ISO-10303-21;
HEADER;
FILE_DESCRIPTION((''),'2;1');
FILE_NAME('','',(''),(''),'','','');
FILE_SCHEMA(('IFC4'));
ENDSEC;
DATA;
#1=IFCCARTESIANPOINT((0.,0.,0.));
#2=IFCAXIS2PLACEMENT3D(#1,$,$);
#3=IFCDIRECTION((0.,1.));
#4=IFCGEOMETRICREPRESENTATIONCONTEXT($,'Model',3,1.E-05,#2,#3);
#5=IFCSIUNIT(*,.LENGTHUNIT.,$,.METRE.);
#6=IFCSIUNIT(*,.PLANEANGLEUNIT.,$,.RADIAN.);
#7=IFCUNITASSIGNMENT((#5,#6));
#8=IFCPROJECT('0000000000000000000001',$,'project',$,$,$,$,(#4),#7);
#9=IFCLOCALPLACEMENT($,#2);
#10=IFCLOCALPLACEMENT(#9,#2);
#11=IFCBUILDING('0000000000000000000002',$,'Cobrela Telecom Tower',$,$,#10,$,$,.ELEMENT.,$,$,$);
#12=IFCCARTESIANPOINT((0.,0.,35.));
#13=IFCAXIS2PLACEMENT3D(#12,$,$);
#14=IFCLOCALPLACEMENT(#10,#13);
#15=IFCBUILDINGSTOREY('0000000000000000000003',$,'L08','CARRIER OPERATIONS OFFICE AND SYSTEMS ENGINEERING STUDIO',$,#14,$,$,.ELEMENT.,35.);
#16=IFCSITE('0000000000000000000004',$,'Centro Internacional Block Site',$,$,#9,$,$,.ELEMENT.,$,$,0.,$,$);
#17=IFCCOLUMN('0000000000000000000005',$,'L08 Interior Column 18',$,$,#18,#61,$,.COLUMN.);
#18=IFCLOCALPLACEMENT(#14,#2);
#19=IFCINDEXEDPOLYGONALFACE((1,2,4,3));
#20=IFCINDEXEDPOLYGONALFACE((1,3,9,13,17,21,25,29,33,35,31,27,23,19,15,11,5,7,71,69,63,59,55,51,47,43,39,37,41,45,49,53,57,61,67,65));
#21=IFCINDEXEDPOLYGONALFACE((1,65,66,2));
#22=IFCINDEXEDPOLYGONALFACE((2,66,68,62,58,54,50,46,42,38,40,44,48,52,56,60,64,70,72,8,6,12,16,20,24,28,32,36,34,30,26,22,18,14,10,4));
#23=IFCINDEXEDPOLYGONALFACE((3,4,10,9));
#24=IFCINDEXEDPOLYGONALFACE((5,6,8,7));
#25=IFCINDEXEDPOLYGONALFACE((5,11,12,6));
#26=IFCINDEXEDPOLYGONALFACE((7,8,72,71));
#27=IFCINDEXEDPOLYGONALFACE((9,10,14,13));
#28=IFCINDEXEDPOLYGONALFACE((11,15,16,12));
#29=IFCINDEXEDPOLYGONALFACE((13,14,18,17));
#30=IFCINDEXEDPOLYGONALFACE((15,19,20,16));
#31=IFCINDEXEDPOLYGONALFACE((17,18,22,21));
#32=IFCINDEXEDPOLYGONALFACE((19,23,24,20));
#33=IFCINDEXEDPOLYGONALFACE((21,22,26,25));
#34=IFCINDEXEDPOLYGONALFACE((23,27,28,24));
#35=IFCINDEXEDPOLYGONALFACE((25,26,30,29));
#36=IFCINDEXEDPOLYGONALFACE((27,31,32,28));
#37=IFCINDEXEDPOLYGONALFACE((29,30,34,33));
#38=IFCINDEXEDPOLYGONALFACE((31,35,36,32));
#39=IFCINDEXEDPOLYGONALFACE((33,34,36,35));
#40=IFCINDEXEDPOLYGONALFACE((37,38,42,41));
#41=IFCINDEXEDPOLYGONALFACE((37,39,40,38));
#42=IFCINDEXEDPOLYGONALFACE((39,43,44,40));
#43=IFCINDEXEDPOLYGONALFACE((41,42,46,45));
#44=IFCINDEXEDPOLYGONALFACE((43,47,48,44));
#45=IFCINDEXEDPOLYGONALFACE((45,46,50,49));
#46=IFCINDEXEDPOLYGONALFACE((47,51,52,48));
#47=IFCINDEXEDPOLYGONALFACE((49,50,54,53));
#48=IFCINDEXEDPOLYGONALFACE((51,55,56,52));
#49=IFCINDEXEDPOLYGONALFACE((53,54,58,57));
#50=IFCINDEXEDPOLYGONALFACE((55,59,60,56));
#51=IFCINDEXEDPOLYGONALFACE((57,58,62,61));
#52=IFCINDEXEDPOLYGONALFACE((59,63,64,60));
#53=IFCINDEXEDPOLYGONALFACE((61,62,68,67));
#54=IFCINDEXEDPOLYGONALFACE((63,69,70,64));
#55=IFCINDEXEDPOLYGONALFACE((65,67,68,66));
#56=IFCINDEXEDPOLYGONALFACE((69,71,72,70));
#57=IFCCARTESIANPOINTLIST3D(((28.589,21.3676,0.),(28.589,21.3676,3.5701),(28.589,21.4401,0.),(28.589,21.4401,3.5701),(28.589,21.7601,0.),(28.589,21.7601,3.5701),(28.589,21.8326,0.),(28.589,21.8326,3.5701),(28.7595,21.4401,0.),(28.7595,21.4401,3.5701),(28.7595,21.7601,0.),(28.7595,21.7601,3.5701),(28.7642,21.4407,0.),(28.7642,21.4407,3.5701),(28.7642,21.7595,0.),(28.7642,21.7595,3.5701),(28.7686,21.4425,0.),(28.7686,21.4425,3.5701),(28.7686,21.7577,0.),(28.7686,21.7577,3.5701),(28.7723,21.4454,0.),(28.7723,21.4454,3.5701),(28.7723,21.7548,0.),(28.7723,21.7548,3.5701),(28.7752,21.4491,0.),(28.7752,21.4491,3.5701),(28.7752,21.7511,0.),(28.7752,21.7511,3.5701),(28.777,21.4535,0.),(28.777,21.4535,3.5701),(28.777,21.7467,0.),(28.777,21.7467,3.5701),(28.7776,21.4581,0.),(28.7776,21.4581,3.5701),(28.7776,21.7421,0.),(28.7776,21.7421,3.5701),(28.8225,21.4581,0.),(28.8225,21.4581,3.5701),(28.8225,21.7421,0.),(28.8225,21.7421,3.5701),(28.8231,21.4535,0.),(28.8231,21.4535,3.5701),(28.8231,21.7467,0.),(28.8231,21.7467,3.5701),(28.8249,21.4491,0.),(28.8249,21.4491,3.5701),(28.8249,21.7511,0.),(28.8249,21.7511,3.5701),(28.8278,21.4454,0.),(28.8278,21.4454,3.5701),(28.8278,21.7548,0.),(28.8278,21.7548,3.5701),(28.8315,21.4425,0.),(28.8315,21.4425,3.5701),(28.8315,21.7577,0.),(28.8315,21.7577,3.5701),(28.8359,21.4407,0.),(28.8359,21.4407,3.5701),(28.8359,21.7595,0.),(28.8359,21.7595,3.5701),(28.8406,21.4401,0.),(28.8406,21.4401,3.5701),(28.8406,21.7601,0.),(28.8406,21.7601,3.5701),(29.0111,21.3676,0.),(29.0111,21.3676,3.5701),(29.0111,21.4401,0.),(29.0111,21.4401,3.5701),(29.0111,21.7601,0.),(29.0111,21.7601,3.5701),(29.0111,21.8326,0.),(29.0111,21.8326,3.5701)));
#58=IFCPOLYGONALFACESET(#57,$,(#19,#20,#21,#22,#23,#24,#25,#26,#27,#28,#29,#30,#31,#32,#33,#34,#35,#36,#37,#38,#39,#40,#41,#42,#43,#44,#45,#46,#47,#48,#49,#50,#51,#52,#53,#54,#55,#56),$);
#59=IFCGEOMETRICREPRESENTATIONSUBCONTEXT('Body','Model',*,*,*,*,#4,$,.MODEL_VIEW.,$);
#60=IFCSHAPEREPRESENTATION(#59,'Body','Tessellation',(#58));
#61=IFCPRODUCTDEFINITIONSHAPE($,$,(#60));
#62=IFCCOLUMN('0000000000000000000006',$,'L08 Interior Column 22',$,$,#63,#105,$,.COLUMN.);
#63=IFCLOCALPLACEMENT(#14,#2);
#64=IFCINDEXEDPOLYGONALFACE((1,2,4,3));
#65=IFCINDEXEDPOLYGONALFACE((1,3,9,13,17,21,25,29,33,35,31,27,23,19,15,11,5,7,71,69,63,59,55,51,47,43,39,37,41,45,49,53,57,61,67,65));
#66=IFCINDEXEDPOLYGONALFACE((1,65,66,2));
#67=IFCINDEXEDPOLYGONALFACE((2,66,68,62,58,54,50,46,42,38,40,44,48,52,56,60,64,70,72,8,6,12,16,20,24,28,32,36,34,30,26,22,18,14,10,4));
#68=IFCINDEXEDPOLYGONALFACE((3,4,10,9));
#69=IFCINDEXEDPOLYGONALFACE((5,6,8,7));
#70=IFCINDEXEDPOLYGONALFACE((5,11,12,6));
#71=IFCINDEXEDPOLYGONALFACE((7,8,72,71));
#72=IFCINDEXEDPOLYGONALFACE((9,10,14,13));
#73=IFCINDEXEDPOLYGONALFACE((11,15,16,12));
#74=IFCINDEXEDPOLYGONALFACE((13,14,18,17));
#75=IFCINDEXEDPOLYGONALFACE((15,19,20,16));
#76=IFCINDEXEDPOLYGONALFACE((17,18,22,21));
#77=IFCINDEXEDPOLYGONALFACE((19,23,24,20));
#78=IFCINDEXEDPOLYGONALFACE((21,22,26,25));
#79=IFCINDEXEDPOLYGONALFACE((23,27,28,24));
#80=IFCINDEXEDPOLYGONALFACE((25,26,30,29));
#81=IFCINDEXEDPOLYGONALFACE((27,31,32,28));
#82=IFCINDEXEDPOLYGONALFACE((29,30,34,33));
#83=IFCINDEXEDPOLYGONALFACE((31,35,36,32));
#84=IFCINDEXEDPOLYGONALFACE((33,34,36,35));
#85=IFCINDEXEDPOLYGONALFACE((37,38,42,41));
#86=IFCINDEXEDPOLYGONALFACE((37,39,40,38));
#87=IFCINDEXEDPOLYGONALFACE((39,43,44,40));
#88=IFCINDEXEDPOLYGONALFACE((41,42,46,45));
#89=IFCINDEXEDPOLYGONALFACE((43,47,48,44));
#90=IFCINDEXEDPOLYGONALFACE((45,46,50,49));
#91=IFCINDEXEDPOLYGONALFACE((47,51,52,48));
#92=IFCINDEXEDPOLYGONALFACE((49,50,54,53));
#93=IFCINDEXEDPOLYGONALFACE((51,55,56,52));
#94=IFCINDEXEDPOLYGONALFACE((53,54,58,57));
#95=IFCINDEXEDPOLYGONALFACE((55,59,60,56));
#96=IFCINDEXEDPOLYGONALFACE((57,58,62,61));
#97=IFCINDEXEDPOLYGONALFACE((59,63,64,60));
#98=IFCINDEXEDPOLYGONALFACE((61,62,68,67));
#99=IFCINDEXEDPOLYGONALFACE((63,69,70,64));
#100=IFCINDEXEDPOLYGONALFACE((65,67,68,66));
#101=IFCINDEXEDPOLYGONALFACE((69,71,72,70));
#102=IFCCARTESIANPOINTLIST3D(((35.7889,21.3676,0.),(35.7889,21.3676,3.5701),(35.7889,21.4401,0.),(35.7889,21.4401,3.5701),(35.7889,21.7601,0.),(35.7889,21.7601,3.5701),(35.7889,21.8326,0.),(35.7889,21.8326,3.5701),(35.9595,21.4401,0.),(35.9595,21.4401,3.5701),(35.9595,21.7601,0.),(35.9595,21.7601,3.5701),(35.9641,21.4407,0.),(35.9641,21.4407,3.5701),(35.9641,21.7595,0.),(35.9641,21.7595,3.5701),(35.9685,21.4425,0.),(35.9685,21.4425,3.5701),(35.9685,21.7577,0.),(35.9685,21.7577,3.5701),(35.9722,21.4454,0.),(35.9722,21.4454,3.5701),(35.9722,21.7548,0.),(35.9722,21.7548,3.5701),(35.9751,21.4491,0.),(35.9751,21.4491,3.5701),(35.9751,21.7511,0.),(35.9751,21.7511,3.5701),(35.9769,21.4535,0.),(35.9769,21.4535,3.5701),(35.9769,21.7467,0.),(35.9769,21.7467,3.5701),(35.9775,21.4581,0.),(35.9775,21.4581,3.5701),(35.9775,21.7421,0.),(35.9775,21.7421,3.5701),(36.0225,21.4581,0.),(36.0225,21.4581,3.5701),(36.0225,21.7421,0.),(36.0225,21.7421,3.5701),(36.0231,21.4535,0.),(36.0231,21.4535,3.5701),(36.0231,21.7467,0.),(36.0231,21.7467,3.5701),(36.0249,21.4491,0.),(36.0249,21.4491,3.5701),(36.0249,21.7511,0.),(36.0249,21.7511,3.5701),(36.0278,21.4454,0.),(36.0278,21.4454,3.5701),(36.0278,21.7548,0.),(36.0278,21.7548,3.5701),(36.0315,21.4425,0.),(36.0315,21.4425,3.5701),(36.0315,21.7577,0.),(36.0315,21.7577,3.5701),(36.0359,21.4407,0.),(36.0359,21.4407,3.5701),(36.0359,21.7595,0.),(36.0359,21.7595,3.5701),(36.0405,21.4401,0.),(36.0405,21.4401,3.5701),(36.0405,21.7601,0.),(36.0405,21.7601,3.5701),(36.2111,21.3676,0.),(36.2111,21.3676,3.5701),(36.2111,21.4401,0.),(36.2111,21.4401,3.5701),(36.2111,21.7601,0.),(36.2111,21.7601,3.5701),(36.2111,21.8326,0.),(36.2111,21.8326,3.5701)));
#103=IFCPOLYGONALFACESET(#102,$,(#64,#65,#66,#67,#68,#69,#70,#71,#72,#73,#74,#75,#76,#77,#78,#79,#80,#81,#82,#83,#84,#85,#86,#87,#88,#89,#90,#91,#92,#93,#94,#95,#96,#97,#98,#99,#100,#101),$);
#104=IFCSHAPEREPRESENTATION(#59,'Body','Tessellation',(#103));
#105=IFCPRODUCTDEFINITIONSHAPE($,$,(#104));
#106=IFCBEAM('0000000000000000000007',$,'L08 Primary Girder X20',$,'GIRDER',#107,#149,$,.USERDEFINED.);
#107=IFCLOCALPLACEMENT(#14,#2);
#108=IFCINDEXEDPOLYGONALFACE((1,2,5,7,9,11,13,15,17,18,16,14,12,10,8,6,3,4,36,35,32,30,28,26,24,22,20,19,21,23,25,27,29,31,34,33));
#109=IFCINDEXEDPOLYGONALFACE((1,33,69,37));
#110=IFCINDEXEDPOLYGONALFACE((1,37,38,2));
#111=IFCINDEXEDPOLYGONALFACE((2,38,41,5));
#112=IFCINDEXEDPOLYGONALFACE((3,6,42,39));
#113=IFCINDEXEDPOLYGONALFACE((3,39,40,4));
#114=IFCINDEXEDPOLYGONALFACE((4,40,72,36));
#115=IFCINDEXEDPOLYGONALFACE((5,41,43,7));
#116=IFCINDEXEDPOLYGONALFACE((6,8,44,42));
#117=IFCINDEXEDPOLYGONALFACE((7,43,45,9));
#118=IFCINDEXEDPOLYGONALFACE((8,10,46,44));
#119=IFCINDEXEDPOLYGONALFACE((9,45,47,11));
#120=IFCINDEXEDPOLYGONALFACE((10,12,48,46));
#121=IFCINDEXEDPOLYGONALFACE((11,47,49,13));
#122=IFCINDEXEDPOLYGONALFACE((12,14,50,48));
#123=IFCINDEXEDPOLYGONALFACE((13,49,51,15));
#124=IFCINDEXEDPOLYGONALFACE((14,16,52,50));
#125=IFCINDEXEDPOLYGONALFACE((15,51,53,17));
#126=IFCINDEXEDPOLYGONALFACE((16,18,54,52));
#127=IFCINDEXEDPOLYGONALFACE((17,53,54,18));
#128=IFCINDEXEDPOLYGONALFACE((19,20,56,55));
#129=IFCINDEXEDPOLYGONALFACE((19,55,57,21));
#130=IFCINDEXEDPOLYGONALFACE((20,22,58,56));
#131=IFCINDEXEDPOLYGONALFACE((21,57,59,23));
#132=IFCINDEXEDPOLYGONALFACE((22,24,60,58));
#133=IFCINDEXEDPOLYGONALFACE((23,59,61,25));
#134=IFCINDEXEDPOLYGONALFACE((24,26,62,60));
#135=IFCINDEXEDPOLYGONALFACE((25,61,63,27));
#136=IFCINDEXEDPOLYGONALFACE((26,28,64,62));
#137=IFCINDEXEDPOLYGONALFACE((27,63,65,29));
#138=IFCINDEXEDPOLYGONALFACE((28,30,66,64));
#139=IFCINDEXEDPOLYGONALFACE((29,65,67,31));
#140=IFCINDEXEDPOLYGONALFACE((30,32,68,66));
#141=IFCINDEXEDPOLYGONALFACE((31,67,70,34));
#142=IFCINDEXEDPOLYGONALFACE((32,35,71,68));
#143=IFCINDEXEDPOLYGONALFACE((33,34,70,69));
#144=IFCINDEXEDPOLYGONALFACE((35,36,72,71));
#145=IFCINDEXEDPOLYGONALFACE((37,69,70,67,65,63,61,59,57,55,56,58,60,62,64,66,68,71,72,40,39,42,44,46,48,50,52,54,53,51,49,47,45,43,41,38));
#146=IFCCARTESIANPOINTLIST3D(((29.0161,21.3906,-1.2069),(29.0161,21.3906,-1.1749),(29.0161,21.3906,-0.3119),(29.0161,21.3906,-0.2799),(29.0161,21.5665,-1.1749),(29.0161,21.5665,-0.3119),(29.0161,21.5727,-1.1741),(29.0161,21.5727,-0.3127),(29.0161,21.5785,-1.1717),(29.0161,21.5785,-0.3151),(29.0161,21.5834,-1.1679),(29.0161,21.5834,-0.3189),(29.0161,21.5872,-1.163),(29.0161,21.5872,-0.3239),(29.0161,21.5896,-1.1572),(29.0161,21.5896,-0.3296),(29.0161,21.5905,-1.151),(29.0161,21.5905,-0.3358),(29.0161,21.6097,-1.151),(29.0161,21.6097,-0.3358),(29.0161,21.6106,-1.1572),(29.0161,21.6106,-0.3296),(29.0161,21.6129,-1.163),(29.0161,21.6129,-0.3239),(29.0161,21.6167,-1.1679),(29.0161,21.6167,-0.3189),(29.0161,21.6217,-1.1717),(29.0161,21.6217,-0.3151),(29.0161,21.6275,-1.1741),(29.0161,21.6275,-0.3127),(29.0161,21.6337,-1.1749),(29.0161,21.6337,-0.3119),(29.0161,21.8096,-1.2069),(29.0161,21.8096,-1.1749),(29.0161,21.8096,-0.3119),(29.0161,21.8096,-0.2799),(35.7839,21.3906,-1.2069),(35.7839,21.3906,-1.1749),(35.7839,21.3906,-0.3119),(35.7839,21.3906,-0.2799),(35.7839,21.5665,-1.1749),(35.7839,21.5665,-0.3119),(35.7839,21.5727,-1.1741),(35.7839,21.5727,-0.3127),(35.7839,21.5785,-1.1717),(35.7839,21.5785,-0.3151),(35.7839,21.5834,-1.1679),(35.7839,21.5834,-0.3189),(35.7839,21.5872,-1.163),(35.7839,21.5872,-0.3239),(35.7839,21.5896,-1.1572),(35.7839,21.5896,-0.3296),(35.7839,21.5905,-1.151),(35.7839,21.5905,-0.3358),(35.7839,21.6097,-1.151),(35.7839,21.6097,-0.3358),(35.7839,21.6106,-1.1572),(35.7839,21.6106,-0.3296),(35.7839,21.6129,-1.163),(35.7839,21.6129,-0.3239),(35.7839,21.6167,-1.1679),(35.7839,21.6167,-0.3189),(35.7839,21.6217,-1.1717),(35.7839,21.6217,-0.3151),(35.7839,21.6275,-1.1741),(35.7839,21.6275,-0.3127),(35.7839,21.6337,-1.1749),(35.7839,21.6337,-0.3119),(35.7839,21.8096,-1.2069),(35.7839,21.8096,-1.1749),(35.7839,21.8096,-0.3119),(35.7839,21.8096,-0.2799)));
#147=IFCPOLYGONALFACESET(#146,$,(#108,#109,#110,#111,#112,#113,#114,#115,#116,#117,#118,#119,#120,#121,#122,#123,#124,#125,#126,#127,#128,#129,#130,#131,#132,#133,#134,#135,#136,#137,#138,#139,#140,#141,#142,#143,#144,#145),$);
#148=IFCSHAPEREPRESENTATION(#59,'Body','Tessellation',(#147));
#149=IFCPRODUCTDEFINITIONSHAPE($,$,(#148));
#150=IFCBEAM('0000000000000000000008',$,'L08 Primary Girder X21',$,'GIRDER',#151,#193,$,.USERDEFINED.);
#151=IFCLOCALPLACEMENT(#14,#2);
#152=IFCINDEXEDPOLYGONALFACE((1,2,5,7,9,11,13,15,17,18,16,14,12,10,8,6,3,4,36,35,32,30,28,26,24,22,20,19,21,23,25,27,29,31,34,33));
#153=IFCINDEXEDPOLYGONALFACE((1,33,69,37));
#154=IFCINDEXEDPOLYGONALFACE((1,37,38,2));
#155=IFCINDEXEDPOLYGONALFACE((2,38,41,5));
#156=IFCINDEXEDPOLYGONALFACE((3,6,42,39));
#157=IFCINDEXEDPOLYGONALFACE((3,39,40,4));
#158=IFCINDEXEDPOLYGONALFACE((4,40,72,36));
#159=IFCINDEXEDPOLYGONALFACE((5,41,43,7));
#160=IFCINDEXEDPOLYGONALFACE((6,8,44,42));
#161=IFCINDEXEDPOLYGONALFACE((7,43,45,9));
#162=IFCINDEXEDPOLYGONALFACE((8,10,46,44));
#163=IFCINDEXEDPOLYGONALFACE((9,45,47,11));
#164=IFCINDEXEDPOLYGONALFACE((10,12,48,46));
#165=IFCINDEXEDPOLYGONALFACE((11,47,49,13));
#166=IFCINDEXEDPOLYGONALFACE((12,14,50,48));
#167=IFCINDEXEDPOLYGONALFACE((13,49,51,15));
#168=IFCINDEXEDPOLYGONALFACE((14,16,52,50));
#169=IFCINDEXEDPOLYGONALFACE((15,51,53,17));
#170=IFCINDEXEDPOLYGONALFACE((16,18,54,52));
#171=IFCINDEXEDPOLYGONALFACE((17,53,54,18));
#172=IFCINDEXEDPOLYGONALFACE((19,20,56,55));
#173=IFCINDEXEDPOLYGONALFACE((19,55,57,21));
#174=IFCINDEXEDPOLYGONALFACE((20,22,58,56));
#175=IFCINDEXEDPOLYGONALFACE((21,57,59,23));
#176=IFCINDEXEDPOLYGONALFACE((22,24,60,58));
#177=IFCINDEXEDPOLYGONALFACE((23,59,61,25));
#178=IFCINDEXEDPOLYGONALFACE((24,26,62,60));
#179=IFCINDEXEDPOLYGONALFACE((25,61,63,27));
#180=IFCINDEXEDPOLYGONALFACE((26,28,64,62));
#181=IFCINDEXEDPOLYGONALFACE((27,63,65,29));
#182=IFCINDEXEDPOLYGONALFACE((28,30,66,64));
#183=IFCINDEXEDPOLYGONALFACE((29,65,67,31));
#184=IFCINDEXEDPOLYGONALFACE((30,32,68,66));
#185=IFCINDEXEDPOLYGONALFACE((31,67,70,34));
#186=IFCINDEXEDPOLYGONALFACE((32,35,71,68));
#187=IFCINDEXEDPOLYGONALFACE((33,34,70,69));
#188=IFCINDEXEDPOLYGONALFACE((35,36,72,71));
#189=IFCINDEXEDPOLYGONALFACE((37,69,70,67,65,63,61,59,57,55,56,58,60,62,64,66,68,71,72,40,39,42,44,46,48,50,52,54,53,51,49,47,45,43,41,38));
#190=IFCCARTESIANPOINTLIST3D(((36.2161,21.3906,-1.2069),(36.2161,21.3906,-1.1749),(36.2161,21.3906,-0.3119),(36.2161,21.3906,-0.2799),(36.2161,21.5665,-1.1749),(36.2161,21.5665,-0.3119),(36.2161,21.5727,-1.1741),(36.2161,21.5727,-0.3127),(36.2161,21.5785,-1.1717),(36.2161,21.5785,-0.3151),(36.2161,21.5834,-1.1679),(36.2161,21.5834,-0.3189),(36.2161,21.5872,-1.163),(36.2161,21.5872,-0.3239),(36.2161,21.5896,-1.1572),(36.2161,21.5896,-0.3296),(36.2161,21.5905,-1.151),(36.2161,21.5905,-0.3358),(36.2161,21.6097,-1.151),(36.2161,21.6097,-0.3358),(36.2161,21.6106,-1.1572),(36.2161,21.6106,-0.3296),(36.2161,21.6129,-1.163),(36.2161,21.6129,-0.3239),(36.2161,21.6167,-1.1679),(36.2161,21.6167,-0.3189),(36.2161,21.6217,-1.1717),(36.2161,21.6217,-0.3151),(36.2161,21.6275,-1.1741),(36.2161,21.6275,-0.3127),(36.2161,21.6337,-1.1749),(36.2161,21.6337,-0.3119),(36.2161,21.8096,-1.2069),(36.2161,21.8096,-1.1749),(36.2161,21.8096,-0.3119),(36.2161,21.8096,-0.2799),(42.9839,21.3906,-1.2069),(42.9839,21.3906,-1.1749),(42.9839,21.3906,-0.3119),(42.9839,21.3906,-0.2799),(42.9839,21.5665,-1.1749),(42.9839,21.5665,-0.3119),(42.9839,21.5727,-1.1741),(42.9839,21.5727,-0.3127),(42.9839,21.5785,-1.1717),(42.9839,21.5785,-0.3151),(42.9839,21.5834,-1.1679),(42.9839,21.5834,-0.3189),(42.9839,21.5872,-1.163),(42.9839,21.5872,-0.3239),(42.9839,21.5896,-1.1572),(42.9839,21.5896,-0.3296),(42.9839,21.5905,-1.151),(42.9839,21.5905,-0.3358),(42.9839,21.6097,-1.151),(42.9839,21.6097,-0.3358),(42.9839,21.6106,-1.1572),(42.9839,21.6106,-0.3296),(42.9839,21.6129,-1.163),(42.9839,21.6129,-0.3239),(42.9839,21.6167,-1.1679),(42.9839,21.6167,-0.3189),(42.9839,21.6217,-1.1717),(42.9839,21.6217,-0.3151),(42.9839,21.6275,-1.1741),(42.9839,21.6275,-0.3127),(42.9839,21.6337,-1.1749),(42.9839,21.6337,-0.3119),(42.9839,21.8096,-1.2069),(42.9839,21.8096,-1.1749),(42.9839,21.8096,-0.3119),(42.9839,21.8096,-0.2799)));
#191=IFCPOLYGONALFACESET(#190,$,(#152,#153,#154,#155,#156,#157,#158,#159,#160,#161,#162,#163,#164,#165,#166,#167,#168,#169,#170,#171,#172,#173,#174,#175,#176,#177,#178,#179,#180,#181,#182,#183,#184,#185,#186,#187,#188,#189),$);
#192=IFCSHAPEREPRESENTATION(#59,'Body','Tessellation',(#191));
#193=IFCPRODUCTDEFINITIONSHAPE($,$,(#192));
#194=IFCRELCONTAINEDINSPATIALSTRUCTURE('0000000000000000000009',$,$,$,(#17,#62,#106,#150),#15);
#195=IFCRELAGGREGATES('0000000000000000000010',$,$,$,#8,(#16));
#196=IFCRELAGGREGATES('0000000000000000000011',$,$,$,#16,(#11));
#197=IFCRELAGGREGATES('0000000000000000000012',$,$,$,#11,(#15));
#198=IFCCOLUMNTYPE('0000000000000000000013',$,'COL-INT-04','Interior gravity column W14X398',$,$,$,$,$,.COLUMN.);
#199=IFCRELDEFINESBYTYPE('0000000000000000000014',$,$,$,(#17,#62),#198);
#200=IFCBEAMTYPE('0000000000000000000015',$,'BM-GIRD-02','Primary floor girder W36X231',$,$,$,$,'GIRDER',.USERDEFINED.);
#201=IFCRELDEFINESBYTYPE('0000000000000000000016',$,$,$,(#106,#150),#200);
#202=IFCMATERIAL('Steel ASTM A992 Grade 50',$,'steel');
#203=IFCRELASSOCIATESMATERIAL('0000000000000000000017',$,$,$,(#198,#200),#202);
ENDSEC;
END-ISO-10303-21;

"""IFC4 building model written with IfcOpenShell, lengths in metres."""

from ifc_helpers import new_model, si_unit, direction, frame, origin, origin_2d, place, context, subcontext, project, spatial, i_section, extrude, material, material_profile, profile_set, type_object, element, save


model = new_model("IFC4")

# Units and contexts
model_context = context("Model", 3, precision=1e-05, world=origin(), true_north=direction((0.0, 1.0)))
body_context = subcontext(model_context, "Body", "Model", "MODEL_VIEW")
ifc_project = project(units=[si_unit("LENGTHUNIT", "METRE"), si_unit("PLANEANGLEUNIT", "RADIAN")], contexts=[model_context])

# Site, building, storey
site_placement = place(None, origin())
site = spatial("IfcSite", under=ifc_project, at=site_placement, Name="Centro Internacional Block Site", CompositionType="ELEMENT", RefElevation=0.0)
building_placement = place(site_placement, origin())
building = spatial("IfcBuilding", under=site, at=building_placement, Name="Cobrela Telecom Tower", CompositionType="ELEMENT")
storey_placement = place(building_placement, frame((0.0, 0.0, 35.0)))
storey = spatial("IfcBuildingStorey", under=building, at=storey_placement, Name="L08", Description="CARRIER OPERATIONS OFFICE AND SYSTEMS ENGINEERING STUDIO", CompositionType="ELEMENT", Elevation=35.0)

# Columns
ifc_material_1 = material(Name="Steel ASTM A992 Grade 50", Category="steel")
ifc_material_profile_1 = material_profile(ifc_material_1, i_section(OverallWidth=0.4221, OverallDepth=0.4651, WebThickness=0.0449, FlangeThickness=0.0725, FilletRadius=0.0181, at=origin_2d()), Name="W14X398")
ifc_profile_set_1 = profile_set([ifc_material_profile_1], Name="Steel ASTM A992 Grade 50")
column_type = type_object("IfcColumnType", Name="COL-INT-04", Description="Interior gravity column W14X398", PredefinedType="COLUMN", material=ifc_profile_set_1)
for number, where, z_axis, x_axis, name in (
    (1, (28.8, 21.6001, 0.0), (0.0, 0.0, 1.0), (1.0, 0.0, 0.0), "L08 Interior Column 18"),
    (2, (36.0, 21.6001, 0.0), (0.0, 0.0, 1.0), (1.0, 0.0, 0.0), "L08 Interior Column 22"),
):
    element("IfcColumn", number, at=place(storey_placement, frame(where, z_axis=z_axis, x_axis=x_axis)), inside=storey, type_object=column_type, Name=name, PredefinedType="COLUMN", context=body_context, shape_type="SweptSolid", body=[
        extrude(i_section(OverallWidth=0.4221, OverallDepth=0.4651, WebThickness=0.0449, FlangeThickness=0.0725, FilletRadius=0.0181, at=origin_2d()), origin(), (0.0, 0.0, 1.0), 3.5701),
    ])

# Beams
ifc_material_profile_2 = material_profile(ifc_material_1, i_section(OverallWidth=0.4189, OverallDepth=0.927, WebThickness=0.0193, FlangeThickness=0.032, FilletRadius=0.0239, at=origin_2d()), Name="W36X231")
ifc_profile_set_2 = profile_set([ifc_material_profile_2], Name="Steel ASTM A992 Grade 50")
beam_type_1 = type_object("IfcBeamType", Name="BM-GIRD-02", Description="Primary floor girder W36X231", ElementType="GIRDER", PredefinedType="USERDEFINED", material=ifc_profile_set_2)
for number, where, z_axis, x_axis, name in (
    (3, (29.0161, 21.6001, -0.7434), (1.0, 0.0, 0.0), (0.0, 1.0, 0.0), "L08 Primary Girder X20"),
    (4, (36.2161, 21.6001, -0.7434), (1.0, 0.0, 0.0), (0.0, 1.0, 0.0), "L08 Primary Girder X21"),
):
    element("IfcBeam", number, at=place(storey_placement, frame(where, z_axis=z_axis, x_axis=x_axis)), inside=storey, type_object=beam_type_1, Name=name, ObjectType="GIRDER", PredefinedType="USERDEFINED", context=body_context, shape_type="SweptSolid", body=[
        extrude(i_section(OverallWidth=0.4189, OverallDepth=0.927, WebThickness=0.0193, FlangeThickness=0.032, FilletRadius=0.0239, at=origin_2d()), origin(), (0.0, 0.0, 1.0), 6.7678),
    ])

save(model, "model.ifc")
